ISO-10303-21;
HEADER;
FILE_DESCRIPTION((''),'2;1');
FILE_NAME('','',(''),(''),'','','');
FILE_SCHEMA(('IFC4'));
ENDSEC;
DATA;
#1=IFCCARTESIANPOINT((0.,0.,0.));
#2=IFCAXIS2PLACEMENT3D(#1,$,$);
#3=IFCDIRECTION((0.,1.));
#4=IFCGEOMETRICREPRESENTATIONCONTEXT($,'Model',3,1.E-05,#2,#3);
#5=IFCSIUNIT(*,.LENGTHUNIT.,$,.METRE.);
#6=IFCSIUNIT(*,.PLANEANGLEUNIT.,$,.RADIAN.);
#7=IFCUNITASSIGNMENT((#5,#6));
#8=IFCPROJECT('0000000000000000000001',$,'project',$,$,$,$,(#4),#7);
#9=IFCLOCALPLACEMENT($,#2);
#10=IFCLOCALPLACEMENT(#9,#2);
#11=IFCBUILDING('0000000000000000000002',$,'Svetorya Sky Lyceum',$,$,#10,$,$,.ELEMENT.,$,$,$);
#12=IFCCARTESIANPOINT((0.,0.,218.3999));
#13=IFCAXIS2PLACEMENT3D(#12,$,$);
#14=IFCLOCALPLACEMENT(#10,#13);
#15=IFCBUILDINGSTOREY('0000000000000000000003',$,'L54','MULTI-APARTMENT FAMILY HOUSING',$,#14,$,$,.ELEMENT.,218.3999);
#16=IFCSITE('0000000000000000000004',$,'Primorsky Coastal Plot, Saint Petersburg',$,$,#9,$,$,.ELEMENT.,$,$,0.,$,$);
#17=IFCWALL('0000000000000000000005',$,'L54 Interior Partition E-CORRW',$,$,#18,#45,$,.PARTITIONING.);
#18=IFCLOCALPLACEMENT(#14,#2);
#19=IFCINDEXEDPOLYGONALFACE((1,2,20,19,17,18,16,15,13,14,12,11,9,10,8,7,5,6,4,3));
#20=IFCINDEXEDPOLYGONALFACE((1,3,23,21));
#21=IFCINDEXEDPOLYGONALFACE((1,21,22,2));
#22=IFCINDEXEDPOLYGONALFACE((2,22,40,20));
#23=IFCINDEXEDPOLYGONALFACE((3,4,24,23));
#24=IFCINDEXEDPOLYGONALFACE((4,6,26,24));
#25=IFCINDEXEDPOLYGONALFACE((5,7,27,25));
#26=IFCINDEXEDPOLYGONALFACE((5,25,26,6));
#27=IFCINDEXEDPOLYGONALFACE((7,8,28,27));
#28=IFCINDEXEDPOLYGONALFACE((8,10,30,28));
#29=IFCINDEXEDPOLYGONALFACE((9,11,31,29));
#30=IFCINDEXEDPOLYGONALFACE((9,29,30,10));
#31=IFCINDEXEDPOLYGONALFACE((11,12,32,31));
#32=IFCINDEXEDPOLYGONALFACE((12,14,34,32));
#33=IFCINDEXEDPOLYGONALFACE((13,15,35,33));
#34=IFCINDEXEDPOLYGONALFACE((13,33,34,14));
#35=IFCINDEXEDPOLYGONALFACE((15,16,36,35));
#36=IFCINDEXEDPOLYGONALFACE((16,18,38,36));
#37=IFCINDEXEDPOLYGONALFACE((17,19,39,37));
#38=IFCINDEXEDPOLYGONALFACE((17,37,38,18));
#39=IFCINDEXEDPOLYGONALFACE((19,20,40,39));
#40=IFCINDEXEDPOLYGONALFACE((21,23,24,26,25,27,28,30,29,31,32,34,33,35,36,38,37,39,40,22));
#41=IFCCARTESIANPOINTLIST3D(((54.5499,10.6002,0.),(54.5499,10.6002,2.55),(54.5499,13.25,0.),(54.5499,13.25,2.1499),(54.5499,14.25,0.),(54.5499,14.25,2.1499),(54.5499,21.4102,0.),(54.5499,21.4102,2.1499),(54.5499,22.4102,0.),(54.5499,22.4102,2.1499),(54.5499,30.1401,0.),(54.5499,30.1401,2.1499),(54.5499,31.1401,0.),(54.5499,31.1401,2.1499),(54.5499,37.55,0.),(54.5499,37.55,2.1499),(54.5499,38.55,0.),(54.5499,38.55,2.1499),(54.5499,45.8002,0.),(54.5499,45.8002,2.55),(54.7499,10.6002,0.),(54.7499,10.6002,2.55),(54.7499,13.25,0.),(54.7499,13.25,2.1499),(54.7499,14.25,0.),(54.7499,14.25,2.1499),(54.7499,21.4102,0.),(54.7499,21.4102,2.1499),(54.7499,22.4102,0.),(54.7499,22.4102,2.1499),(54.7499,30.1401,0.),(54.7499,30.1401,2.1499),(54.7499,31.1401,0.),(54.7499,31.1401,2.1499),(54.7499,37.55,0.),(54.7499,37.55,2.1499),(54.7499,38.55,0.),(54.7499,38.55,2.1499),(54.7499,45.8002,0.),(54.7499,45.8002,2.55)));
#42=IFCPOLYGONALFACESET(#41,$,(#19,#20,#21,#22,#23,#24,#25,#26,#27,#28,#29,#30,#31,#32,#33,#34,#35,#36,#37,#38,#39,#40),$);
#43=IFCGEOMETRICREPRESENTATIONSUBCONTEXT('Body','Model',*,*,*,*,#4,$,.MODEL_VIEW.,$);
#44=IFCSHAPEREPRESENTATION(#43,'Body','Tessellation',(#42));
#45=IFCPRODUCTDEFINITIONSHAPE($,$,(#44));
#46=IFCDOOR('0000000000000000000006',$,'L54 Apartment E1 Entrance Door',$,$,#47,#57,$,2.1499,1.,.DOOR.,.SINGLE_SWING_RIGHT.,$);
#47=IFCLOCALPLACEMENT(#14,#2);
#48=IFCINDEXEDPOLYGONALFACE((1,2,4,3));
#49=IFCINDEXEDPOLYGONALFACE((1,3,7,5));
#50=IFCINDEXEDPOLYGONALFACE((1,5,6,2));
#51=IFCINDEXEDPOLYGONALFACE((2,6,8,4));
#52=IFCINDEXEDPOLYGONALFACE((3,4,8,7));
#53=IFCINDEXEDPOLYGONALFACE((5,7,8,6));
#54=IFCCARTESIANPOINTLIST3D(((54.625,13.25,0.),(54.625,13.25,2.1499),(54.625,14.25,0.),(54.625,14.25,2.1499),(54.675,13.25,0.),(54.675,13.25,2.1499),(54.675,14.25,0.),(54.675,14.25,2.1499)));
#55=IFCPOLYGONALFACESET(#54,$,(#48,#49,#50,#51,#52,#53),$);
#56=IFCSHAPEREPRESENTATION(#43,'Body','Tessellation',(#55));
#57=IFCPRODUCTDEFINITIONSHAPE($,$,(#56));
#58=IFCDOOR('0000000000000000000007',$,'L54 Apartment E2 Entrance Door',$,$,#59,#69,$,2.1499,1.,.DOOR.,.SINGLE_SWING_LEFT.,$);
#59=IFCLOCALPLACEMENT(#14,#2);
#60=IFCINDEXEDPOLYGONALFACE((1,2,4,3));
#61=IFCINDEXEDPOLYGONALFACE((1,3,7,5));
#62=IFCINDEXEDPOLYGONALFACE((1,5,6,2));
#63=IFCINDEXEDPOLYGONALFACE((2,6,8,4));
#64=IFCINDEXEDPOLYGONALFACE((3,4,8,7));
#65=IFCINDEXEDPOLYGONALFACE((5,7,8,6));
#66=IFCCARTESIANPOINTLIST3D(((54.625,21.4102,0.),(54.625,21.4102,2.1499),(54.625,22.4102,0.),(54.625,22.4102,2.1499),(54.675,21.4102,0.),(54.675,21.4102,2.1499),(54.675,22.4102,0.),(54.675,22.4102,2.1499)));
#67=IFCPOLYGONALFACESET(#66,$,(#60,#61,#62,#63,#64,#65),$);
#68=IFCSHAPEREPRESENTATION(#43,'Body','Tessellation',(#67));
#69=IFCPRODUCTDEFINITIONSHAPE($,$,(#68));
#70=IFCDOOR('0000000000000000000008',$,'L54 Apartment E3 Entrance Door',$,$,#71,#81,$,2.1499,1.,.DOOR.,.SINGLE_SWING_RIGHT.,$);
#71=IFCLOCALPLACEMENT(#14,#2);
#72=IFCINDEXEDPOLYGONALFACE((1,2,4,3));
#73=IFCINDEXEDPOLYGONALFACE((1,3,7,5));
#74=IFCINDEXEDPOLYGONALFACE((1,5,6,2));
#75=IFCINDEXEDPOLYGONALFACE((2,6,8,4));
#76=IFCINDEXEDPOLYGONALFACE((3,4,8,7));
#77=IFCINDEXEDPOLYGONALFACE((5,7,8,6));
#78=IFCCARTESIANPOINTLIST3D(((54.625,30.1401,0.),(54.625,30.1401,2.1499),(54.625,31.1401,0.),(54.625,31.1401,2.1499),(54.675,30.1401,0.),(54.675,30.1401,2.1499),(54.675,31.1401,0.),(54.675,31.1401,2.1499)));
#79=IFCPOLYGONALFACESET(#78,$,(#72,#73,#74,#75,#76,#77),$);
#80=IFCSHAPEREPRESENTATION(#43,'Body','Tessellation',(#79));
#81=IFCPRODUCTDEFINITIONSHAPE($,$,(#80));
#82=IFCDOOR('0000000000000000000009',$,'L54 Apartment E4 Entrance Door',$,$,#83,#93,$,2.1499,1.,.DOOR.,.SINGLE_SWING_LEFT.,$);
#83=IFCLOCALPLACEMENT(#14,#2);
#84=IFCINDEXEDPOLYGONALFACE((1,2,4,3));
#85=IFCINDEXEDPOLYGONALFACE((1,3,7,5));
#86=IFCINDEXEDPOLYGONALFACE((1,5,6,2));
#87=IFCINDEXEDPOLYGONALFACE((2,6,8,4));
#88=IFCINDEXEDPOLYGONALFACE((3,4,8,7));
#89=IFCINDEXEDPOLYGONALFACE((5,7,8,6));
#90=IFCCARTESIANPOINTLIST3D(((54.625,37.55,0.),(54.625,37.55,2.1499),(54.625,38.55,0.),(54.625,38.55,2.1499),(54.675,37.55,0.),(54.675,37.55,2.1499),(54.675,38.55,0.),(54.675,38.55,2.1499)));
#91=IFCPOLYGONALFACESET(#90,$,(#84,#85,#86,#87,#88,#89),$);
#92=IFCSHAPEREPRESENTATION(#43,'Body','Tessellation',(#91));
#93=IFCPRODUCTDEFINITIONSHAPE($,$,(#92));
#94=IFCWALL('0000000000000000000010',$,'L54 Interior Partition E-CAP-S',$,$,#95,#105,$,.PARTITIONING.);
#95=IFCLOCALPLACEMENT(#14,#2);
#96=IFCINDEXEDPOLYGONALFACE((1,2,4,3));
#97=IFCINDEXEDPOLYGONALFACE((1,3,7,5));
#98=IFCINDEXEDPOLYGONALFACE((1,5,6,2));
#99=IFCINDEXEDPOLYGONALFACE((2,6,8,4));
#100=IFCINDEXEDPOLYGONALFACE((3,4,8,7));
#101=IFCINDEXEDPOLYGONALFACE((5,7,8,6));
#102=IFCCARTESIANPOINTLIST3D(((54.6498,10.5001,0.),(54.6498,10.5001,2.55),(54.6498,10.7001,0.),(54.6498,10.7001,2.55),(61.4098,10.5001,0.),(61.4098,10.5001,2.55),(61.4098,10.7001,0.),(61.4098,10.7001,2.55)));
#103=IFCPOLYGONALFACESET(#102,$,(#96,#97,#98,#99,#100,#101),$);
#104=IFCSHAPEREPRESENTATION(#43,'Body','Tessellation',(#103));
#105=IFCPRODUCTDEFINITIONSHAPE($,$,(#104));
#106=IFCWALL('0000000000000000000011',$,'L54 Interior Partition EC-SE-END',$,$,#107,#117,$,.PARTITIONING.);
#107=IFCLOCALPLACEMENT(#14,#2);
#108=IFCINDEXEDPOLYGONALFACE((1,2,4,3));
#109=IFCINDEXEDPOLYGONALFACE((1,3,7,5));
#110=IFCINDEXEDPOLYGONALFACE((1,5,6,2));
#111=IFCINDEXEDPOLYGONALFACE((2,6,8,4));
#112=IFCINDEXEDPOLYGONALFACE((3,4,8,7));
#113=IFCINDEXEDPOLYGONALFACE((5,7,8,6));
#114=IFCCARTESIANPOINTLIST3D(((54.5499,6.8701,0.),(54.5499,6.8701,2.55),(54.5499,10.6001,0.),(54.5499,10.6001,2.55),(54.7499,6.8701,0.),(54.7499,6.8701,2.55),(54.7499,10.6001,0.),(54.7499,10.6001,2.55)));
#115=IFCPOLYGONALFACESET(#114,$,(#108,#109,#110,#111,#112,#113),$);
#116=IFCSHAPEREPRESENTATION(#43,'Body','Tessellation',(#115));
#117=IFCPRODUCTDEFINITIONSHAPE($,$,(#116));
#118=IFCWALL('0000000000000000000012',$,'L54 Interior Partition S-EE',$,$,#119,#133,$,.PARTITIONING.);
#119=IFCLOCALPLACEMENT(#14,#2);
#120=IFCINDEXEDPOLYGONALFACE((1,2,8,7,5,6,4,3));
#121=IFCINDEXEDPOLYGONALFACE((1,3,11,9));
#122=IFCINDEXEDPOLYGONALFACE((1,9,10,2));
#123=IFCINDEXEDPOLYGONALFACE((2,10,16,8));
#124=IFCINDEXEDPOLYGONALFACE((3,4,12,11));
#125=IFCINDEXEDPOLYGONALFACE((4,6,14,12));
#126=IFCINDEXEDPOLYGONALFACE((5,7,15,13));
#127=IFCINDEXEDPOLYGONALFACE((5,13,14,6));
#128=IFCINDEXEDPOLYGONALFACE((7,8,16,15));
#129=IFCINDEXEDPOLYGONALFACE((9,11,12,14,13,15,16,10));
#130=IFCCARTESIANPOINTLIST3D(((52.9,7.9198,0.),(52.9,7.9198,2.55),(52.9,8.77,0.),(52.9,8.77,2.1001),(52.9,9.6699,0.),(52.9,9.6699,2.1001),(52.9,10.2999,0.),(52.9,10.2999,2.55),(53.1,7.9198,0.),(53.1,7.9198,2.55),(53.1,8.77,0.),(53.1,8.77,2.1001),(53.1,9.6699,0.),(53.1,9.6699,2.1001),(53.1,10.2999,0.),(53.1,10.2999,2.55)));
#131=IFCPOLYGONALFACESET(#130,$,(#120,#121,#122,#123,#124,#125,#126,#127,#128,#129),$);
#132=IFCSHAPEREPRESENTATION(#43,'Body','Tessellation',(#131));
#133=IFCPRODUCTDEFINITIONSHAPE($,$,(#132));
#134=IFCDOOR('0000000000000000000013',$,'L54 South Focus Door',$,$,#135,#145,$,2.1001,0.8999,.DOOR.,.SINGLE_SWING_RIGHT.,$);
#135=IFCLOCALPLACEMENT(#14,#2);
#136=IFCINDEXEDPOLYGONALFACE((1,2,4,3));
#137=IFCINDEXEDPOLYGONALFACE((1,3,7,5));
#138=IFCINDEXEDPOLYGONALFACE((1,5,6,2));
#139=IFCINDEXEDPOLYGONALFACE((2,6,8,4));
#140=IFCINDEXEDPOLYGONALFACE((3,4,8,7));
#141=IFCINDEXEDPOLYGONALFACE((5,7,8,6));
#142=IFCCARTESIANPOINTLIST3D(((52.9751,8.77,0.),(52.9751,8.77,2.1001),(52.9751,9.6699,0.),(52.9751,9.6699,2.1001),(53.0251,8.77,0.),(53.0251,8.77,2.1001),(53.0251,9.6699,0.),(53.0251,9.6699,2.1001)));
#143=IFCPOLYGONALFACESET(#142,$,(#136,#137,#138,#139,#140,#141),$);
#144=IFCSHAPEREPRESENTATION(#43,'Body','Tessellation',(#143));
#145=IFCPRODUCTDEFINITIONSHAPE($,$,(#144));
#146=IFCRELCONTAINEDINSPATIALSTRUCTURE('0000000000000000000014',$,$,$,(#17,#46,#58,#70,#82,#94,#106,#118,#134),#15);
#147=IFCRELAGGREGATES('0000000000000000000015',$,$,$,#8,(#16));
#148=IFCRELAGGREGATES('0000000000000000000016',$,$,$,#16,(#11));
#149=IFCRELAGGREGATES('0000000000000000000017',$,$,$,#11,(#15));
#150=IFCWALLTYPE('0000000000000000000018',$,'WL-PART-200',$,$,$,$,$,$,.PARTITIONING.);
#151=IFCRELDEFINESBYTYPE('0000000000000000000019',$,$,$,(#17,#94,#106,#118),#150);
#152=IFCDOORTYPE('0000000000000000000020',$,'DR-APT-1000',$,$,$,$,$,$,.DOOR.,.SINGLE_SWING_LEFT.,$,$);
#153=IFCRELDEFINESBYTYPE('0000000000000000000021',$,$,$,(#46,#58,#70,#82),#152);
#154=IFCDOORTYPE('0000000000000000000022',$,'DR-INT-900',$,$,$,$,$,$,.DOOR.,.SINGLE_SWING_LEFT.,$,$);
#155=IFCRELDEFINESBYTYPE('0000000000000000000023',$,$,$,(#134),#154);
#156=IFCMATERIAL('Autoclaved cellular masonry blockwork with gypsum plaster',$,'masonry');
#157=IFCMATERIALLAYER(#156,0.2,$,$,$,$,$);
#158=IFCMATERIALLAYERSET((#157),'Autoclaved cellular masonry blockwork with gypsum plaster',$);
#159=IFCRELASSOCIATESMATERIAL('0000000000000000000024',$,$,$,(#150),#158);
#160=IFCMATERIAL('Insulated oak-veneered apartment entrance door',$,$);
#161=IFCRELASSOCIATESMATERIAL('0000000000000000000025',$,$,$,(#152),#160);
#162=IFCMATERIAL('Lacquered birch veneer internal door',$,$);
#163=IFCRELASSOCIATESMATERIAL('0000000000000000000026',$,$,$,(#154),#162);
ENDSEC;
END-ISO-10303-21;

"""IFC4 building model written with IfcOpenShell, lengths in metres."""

from ifc_helpers import new_model, si_unit, direction, frame, frame_2d, origin, place, context, subcontext, project, spatial, rectangle, extrude, material, layer, layer_set, type_object, element, fill, save


model = new_model("IFC4")

# Units and contexts
model_context = context("Model", 3, precision=1e-05, world=origin(), true_north=direction((0.0, 1.0)))
body_context = subcontext(model_context, "Body", "Model", "MODEL_VIEW")
ifc_project = project(units=[si_unit("LENGTHUNIT", "METRE"), si_unit("PLANEANGLEUNIT", "RADIAN")], contexts=[model_context])

# Site, building, storey
site_placement = place(None, origin())
site = spatial("IfcSite", under=ifc_project, at=site_placement, Name="Primorsky Coastal Plot, Saint Petersburg", CompositionType="ELEMENT", RefElevation=0.0)
building_placement = place(site_placement, origin())
building = spatial("IfcBuilding", under=site, at=building_placement, Name="Svetorya Sky Lyceum", CompositionType="ELEMENT")
storey_placement = place(building_placement, frame((0.0, 0.0, 218.3999)))
storey = spatial("IfcBuildingStorey", under=building, at=storey_placement, Name="L54", Description="MULTI-APARTMENT FAMILY HOUSING", CompositionType="ELEMENT", Elevation=218.3999)

# Wall, openings, doors
ifc_material_1 = material(Name="Autoclaved cellular masonry blockwork with gypsum plaster", Category="masonry")
ifc_layer_1 = layer(ifc_material_1, 0.2)
ifc_layer_set_1 = layer_set([ifc_layer_1], Name="Autoclaved cellular masonry blockwork with gypsum plaster")
wall_type_1 = type_object("IfcWallType", Name="WL-PART-200", PredefinedType="PARTITIONING", material=ifc_layer_set_1)
wall_1_placement = place(storey_placement, frame((54.6499, 10.6001, 0.0), z_axis=(0.0, 0.0, 1.0), x_axis=(0.0, 1.0, 0.0)))
wall_1 = element("IfcWall", 1, at=wall_1_placement, inside=storey, type_object=wall_type_1, Name="L54 Interior Partition E-CORRW", PredefinedType="PARTITIONING", context=body_context, shape_type="SweptSolid", body=[
    extrude(rectangle(XDim=35.2, YDim=0.2, at=frame_2d((17.6001, 0.0))), origin(), (0.0, 0.0, 1.0), 2.55),
])
opening_1_placement = place(wall_1_placement, frame((2.6499, 0.0, 0.0)))
opening_1 = element("IfcOpeningElement", 2, at=opening_1_placement, cuts=wall_1, PredefinedType="OPENING", context=body_context, shape_type="SweptSolid", body=[
    extrude(rectangle(XDim=1.0, YDim=2.1499, at=frame_2d((0.5, 1.075))), frame((0.0, 0.1099, 0.0), z_axis=(0.0, -1.0, 0.0), x_axis=(1.0, 0.0, 0.0)), (0.0, 0.0, 1.0), 0.22),
])
opening_2_placement = place(wall_1_placement, frame((10.8101, 0.0, 0.0)))
opening_2 = element("IfcOpeningElement", 3, at=opening_2_placement, cuts=wall_1, PredefinedType="OPENING", context=body_context, shape_type="SweptSolid", body=[
    extrude(rectangle(XDim=1.0, YDim=2.1499, at=frame_2d((0.5, 1.075))), frame((0.0, 0.1099, 0.0), z_axis=(0.0, -1.0, 0.0), x_axis=(1.0, 0.0, 0.0)), (0.0, 0.0, 1.0), 0.22),
])
opening_3_placement = place(wall_1_placement, frame((19.54, 0.0, 0.0)))
opening_3 = element("IfcOpeningElement", 4, at=opening_3_placement, cuts=wall_1, PredefinedType="OPENING", context=body_context, shape_type="SweptSolid", body=[
    extrude(rectangle(XDim=1.0, YDim=2.1499, at=frame_2d((0.5, 1.075))), frame((0.0, 0.1099, 0.0), z_axis=(0.0, -1.0, 0.0), x_axis=(1.0, 0.0, 0.0)), (0.0, 0.0, 1.0), 0.22),
])
opening_4_placement = place(wall_1_placement, frame((26.95, 0.0, 0.0)))
opening_4 = element("IfcOpeningElement", 5, at=opening_4_placement, cuts=wall_1, PredefinedType="OPENING", context=body_context, shape_type="SweptSolid", body=[
    extrude(rectangle(XDim=1.0, YDim=2.1499, at=frame_2d((0.5, 1.075))), frame((0.0, 0.1099, 0.0), z_axis=(0.0, -1.0, 0.0), x_axis=(1.0, 0.0, 0.0)), (0.0, 0.0, 1.0), 0.22),
])
ifc_material_2 = material(Name="Insulated oak-veneered apartment entrance door")
door_type_1 = type_object("IfcDoorType", Name="DR-APT-1000", OperationType="SINGLE_SWING_LEFT", PredefinedType="DOOR", material=ifc_material_2)
door_1_placement = place(opening_1_placement, origin())
door_1 = element("IfcDoor", 6, at=door_1_placement, inside=storey, type_object=door_type_1, Name="L54 Apartment E1 Entrance Door", OperationType="SINGLE_SWING_RIGHT", OverallHeight=2.1499, OverallWidth=1.0, PredefinedType="DOOR", context=body_context, shape_type="SweptSolid", body=[
    extrude(rectangle(XDim=1.0, YDim=2.1499, at=frame_2d((0.5, 1.075))), frame((0.0, 0.0249, 0.0), z_axis=(0.0, -1.0, 0.0), x_axis=(1.0, 0.0, 0.0)), (0.0, 0.0, 1.0), 0.05),
])
fill(opening_1, door_1)
door_2_placement = place(opening_2_placement, origin())
door_2 = element("IfcDoor", 7, at=door_2_placement, inside=storey, type_object=door_type_1, Name="L54 Apartment E2 Entrance Door", OperationType="SINGLE_SWING_LEFT", OverallHeight=2.1499, OverallWidth=1.0, PredefinedType="DOOR", context=body_context, shape_type="SweptSolid", body=[
    extrude(rectangle(XDim=1.0, YDim=2.1499, at=frame_2d((0.5, 1.075))), frame((0.0, 0.0249, 0.0), z_axis=(0.0, -1.0, 0.0), x_axis=(1.0, 0.0, 0.0)), (0.0, 0.0, 1.0), 0.05),
])
fill(opening_2, door_2)
door_3_placement = place(opening_3_placement, origin())
door_3 = element("IfcDoor", 8, at=door_3_placement, inside=storey, type_object=door_type_1, Name="L54 Apartment E3 Entrance Door", OperationType="SINGLE_SWING_RIGHT", OverallHeight=2.1499, OverallWidth=1.0, PredefinedType="DOOR", context=body_context, shape_type="SweptSolid", body=[
    extrude(rectangle(XDim=1.0, YDim=2.1499, at=frame_2d((0.5, 1.075))), frame((0.0, 0.0249, 0.0), z_axis=(0.0, -1.0, 0.0), x_axis=(1.0, 0.0, 0.0)), (0.0, 0.0, 1.0), 0.05),
])
fill(opening_3, door_3)
door_4_placement = place(opening_4_placement, origin())
door_4 = element("IfcDoor", 9, at=door_4_placement, inside=storey, type_object=door_type_1, Name="L54 Apartment E4 Entrance Door", OperationType="SINGLE_SWING_LEFT", OverallHeight=2.1499, OverallWidth=1.0, PredefinedType="DOOR", context=body_context, shape_type="SweptSolid", body=[
    extrude(rectangle(XDim=1.0, YDim=2.1499, at=frame_2d((0.5, 1.075))), frame((0.0, 0.0249, 0.0), z_axis=(0.0, -1.0, 0.0), x_axis=(1.0, 0.0, 0.0)), (0.0, 0.0, 1.0), 0.05),
])
fill(opening_4, door_4)

# Walls
wall_2_placement = place(storey_placement, frame((54.6499, 10.6001, 0.0), z_axis=(0.0, 0.0, 1.0), x_axis=(1.0, 0.0, 0.0)))
element("IfcWall", 10, at=wall_2_placement, inside=storey, type_object=wall_type_1, Name="L54 Interior Partition E-CAP-S", PredefinedType="PARTITIONING", context=body_context, shape_type="SweptSolid", body=[
    extrude(rectangle(XDim=6.76, YDim=0.2, at=frame_2d((3.3799, 0.0))), origin(), (0.0, 0.0, 1.0), 2.55),
])
wall_3_placement = place(storey_placement, frame((54.6499, 6.8701, 0.0), z_axis=(0.0, 0.0, 1.0), x_axis=(0.0, 1.0, 0.0)))
element("IfcWall", 11, at=wall_3_placement, inside=storey, type_object=wall_type_1, Name="L54 Interior Partition EC-SE-END", PredefinedType="PARTITIONING", context=body_context, shape_type="SweptSolid", body=[
    extrude(rectangle(XDim=3.73, YDim=0.2, at=frame_2d((1.865, 0.0))), origin(), (0.0, 0.0, 1.0), 2.55),
])

# Wall, opening, door
wall_4_placement = place(storey_placement, frame((53.0, 7.9199, 0.0), z_axis=(0.0, 0.0, 1.0), x_axis=(0.0, 1.0, 0.0)))
wall_4 = element("IfcWall", 12, at=wall_4_placement, inside=storey, type_object=wall_type_1, Name="L54 Interior Partition S-EE", PredefinedType="PARTITIONING", context=body_context, shape_type="SweptSolid", body=[
    extrude(rectangle(XDim=2.3801, YDim=0.2, at=frame_2d((1.1899, 0.0))), origin(), (0.0, 0.0, 1.0), 2.55),
])
opening_5_placement = place(wall_4_placement, frame((0.8501, 0.0, 0.0)))
opening_5 = element("IfcOpeningElement", 13, at=opening_5_placement, cuts=wall_4, PredefinedType="OPENING", context=body_context, shape_type="SweptSolid", body=[
    extrude(rectangle(XDim=0.8999, YDim=2.1001, at=frame_2d((0.45, 1.05))), frame((0.0, 0.1099, 0.0), z_axis=(0.0, -1.0, 0.0), x_axis=(1.0, 0.0, 0.0)), (0.0, 0.0, 1.0), 0.22),
])
ifc_material_3 = material(Name="Lacquered birch veneer internal door")
door_type_2 = type_object("IfcDoorType", Name="DR-INT-900", OperationType="SINGLE_SWING_LEFT", PredefinedType="DOOR", material=ifc_material_3)
door_5_placement = place(opening_5_placement, origin())
door_5 = element("IfcDoor", 14, at=door_5_placement, inside=storey, type_object=door_type_2, Name="L54 South Focus Door", OperationType="SINGLE_SWING_RIGHT", OverallHeight=2.1001, OverallWidth=0.8999, PredefinedType="DOOR", context=body_context, shape_type="SweptSolid", body=[
    extrude(rectangle(XDim=0.8999, YDim=2.1001, at=frame_2d((0.45, 1.05))), frame((0.0, 0.0249, 0.0), z_axis=(0.0, -1.0, 0.0), x_axis=(1.0, 0.0, 0.0)), (0.0, 0.0, 1.0), 0.05),
])
fill(opening_5, door_5)

save(model, "model.ifc")
